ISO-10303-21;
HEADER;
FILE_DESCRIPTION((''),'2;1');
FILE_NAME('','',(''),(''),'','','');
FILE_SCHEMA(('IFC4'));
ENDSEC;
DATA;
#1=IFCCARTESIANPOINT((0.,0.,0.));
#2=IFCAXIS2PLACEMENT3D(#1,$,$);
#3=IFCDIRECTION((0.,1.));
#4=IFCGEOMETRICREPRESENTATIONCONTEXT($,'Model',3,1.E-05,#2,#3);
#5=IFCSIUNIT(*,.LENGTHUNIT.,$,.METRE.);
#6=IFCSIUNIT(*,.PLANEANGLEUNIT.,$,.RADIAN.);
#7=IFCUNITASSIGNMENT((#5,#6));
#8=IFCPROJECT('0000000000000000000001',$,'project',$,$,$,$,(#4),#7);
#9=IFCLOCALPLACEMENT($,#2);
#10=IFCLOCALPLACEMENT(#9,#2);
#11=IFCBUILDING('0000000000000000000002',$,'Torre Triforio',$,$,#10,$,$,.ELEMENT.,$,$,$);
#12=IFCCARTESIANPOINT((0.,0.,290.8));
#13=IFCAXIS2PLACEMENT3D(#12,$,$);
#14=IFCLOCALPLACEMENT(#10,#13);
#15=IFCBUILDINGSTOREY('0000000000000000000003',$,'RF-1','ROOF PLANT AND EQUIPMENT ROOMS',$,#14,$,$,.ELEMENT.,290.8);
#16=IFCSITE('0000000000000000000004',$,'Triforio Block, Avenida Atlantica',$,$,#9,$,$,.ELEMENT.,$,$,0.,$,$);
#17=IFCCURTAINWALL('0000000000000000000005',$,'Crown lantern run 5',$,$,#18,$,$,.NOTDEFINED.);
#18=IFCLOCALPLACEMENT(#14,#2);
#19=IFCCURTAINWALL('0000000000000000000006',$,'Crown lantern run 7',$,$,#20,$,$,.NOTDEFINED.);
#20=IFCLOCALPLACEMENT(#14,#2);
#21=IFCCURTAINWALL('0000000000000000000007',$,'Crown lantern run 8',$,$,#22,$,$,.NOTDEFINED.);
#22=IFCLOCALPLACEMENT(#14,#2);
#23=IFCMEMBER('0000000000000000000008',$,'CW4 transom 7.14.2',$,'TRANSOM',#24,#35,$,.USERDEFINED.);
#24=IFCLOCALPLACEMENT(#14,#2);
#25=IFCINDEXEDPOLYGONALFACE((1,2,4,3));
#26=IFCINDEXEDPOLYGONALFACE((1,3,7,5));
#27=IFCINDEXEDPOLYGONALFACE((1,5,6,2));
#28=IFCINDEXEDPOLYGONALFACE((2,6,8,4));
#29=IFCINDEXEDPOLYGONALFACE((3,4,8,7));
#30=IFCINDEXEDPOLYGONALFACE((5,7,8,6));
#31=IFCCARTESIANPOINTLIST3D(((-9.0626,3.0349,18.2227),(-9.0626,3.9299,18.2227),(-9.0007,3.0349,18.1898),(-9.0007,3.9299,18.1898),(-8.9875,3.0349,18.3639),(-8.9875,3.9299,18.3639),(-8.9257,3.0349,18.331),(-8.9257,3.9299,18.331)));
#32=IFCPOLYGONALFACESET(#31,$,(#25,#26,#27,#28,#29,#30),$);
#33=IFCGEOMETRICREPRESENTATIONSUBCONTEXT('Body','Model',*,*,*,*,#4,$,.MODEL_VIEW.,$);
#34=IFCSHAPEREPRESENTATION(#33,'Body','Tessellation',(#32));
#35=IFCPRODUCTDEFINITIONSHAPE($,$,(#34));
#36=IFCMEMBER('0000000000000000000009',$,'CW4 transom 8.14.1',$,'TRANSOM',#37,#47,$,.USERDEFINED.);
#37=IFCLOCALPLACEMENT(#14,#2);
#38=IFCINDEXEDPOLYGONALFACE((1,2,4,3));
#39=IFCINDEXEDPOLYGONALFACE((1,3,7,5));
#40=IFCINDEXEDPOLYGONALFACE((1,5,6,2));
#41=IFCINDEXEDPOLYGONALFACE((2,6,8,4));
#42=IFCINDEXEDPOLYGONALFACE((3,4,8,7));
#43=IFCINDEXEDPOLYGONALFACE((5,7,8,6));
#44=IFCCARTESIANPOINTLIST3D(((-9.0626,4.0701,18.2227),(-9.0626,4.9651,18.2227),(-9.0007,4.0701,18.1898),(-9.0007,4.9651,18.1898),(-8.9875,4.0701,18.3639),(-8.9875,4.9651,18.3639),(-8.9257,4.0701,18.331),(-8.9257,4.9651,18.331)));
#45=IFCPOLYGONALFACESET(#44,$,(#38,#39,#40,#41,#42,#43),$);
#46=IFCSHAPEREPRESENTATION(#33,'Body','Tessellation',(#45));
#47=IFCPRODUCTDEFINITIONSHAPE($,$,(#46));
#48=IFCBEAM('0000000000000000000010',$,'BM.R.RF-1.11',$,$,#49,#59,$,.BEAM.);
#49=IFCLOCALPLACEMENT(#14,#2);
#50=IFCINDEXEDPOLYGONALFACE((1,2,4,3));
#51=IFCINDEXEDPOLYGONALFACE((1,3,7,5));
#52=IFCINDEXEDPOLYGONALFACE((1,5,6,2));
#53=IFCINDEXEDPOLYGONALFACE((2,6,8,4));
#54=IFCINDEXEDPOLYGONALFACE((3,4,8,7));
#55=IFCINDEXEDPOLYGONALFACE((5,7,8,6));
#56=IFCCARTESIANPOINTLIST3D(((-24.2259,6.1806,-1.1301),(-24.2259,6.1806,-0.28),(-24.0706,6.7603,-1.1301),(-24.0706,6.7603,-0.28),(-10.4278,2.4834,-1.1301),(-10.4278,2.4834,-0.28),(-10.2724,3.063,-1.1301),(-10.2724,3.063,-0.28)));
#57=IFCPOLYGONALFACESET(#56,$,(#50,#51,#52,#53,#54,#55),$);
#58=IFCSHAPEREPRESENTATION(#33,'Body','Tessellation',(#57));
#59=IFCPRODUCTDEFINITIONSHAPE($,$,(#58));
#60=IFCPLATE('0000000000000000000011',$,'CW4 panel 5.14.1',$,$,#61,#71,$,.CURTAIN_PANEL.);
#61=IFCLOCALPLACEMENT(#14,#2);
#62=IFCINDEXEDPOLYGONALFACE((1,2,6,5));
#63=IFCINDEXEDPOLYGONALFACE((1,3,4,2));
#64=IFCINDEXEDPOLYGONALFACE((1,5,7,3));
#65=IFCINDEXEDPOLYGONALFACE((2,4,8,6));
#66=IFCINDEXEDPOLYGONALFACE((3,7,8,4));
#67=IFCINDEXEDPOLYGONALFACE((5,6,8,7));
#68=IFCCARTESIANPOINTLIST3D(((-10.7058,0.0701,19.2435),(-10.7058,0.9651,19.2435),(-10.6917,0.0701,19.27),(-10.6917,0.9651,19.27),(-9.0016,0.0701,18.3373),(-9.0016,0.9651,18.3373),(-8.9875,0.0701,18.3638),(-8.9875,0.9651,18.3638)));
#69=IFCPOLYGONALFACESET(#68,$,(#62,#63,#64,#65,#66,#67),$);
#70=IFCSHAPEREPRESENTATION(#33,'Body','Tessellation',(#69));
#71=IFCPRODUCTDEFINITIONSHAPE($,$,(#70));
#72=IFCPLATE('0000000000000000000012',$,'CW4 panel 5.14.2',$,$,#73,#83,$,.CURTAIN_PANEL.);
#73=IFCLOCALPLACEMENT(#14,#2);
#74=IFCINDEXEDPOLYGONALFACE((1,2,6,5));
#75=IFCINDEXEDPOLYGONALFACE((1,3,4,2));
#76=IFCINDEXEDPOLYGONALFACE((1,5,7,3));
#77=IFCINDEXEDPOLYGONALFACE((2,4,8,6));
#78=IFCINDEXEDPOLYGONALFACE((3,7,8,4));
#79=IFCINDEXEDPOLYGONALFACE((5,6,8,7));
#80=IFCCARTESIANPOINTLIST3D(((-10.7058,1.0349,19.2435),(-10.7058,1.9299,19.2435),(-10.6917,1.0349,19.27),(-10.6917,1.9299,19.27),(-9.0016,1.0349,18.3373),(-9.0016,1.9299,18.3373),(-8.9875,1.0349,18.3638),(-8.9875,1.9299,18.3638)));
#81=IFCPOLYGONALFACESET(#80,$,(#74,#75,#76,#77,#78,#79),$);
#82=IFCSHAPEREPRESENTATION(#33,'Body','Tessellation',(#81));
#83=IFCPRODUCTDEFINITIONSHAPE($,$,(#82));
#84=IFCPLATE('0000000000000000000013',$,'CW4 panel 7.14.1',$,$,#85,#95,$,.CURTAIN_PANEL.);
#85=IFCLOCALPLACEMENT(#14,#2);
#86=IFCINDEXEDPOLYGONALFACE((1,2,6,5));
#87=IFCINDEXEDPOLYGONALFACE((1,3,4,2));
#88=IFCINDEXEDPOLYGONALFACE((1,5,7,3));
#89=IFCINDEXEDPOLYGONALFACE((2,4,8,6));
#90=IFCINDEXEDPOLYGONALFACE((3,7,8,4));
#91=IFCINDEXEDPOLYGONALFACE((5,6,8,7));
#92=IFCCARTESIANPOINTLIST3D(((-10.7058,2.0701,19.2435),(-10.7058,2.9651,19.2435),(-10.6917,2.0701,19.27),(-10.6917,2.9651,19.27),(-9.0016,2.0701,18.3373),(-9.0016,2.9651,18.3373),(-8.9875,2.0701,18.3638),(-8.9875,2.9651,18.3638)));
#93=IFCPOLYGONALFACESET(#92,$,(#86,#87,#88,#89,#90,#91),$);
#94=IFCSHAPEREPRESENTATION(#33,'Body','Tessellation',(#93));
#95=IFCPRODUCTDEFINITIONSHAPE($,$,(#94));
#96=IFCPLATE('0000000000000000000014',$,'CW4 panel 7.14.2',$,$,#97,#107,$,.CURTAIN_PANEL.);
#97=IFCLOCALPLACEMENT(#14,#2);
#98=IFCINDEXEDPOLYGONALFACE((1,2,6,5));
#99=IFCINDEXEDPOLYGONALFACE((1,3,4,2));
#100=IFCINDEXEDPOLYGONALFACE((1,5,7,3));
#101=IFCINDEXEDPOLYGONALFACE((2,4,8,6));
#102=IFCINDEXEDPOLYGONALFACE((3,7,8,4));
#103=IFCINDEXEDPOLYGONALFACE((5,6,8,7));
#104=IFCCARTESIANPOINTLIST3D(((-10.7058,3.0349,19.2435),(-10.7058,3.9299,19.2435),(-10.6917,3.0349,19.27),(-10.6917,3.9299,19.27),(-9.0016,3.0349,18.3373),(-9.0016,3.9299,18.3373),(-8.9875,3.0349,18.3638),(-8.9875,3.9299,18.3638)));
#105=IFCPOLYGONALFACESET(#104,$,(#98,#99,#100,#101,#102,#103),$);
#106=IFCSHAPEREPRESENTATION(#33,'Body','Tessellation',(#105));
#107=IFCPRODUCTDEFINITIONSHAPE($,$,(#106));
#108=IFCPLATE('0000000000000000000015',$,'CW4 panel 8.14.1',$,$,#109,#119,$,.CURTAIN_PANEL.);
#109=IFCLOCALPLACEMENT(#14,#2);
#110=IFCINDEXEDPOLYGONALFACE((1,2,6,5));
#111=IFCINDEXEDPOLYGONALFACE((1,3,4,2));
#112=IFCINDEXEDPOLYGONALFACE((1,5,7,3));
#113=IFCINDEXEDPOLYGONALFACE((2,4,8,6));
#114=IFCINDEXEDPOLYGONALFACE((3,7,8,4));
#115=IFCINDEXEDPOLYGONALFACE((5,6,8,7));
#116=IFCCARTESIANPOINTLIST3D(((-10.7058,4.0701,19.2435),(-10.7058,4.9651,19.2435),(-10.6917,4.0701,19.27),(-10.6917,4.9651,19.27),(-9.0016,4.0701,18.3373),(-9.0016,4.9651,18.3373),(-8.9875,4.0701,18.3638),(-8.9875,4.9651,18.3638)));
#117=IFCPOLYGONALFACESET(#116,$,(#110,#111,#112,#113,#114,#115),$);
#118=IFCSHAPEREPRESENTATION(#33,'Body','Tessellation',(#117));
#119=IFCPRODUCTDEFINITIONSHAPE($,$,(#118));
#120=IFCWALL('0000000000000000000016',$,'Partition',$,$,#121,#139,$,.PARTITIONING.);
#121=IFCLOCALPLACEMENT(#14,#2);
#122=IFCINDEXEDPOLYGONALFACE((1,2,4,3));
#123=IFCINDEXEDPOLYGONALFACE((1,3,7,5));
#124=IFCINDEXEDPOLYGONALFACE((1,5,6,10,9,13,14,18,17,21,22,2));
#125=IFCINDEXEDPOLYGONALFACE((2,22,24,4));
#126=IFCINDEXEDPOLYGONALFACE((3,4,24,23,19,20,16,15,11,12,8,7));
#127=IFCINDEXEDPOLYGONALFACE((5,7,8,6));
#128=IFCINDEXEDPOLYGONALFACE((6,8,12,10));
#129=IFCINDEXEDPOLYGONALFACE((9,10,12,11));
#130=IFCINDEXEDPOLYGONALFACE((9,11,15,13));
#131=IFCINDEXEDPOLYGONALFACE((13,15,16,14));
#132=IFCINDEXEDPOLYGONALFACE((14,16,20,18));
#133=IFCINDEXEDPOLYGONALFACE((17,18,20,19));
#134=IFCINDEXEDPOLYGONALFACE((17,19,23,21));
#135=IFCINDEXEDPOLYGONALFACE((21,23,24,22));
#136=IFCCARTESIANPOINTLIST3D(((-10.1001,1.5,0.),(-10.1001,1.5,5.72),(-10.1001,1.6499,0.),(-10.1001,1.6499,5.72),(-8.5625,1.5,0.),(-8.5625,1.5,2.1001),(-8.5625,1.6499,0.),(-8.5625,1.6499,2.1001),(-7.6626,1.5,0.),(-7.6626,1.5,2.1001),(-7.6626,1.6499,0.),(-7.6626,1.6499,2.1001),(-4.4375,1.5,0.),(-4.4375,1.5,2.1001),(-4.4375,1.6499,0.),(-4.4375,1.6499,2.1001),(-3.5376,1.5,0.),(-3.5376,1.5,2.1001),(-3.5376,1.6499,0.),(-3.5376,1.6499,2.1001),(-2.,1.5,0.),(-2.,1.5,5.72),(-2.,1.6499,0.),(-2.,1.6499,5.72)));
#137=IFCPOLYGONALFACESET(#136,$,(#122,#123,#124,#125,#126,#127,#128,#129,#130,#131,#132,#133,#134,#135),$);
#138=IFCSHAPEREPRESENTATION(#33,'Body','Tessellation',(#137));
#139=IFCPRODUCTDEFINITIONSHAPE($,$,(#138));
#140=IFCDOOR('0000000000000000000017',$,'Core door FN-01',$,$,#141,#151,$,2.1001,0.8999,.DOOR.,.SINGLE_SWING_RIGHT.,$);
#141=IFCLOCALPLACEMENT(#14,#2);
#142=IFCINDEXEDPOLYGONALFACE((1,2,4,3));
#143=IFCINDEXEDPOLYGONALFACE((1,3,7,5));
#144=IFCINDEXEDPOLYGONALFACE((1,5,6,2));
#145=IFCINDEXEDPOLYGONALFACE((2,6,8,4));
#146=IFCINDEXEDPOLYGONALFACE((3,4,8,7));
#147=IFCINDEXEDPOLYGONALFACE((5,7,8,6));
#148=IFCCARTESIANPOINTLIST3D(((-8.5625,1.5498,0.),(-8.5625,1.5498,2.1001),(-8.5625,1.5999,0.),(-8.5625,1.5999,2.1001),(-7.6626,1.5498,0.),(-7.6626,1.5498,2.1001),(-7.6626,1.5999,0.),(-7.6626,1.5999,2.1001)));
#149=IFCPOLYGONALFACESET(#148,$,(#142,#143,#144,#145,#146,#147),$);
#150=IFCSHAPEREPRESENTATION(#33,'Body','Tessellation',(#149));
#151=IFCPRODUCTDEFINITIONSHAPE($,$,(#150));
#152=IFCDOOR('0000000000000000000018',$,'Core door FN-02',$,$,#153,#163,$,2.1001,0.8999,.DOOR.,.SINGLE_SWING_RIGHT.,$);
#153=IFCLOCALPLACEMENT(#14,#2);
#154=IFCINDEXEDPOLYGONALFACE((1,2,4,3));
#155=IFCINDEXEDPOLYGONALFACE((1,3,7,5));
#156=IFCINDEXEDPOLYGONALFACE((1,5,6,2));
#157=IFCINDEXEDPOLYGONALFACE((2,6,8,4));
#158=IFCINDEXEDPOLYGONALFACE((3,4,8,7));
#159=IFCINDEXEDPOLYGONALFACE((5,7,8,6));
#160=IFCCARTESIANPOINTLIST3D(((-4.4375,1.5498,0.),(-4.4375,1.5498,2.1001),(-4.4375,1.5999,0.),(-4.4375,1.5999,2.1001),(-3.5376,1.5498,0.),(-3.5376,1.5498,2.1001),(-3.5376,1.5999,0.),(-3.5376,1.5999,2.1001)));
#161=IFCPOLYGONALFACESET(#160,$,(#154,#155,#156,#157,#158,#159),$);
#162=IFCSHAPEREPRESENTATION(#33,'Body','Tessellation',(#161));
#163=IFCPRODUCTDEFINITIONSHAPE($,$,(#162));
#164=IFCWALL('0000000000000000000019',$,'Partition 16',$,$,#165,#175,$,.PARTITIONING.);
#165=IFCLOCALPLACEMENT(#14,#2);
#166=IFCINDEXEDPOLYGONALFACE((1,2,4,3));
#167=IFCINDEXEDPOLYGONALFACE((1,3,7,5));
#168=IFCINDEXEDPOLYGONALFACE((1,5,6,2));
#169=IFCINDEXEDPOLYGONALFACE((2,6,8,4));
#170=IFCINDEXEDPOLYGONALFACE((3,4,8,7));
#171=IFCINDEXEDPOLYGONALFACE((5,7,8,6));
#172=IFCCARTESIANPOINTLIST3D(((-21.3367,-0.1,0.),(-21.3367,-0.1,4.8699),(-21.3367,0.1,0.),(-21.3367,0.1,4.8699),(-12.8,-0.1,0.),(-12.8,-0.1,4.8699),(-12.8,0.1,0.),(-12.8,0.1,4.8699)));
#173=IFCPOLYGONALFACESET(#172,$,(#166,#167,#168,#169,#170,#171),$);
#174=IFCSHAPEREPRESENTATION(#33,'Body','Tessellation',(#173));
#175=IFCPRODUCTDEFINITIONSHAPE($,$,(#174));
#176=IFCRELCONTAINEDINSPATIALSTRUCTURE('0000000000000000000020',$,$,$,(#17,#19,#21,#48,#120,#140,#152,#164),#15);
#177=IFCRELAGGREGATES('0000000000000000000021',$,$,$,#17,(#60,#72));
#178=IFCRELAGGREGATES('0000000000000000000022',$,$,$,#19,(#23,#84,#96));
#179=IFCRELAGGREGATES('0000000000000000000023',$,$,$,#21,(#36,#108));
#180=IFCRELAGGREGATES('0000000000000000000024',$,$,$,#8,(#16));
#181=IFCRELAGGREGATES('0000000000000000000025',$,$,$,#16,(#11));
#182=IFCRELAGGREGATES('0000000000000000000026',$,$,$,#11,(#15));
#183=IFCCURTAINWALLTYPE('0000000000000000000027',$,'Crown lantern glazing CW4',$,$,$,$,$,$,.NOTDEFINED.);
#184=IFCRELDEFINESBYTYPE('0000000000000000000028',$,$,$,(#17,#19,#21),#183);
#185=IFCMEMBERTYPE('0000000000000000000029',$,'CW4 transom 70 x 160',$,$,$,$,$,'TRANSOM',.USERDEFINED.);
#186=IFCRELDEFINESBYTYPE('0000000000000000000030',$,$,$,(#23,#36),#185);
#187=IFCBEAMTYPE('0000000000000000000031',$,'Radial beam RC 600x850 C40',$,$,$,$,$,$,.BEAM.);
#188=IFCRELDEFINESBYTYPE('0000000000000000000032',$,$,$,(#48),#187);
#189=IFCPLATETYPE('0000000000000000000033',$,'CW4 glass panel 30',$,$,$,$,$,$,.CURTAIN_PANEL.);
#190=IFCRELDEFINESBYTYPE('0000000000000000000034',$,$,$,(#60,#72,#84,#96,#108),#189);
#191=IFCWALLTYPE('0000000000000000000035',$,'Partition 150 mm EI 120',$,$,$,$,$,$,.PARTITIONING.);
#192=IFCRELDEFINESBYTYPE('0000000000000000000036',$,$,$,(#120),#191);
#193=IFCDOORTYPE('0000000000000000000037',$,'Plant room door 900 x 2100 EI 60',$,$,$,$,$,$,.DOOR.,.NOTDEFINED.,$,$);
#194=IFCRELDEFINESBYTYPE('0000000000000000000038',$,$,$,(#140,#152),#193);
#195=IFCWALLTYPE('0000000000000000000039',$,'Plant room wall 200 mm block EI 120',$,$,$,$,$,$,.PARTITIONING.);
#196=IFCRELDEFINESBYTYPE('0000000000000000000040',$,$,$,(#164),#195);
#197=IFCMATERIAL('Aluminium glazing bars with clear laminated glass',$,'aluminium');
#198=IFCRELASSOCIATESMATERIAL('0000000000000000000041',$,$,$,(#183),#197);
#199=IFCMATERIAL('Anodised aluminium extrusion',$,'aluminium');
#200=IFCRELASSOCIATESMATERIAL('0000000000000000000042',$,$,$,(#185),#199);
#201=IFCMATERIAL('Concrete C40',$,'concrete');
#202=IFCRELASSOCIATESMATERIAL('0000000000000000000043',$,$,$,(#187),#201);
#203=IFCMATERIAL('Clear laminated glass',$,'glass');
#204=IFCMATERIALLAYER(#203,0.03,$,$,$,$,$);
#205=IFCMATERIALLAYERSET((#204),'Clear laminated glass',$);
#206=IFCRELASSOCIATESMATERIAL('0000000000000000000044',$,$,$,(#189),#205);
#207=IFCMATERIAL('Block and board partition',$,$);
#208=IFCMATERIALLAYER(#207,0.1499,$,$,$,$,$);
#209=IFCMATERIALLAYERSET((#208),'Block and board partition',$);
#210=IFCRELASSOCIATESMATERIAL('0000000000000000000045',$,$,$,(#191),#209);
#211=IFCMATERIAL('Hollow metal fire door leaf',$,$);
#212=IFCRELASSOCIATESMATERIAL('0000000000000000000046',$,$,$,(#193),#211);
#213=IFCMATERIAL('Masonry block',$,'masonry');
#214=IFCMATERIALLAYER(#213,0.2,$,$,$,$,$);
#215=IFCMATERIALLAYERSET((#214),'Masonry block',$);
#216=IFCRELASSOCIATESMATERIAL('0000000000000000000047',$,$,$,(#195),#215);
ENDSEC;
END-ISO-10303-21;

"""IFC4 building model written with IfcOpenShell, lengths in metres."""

from ifc_helpers import new_model, si_unit, direction, frame, frame_2d, origin, origin_2d, place, context, subcontext, project, spatial, polyline, rectangle, outline, extrude, material, layer, layer_set, material_profile, profile_set, type_object, element, fill, aggregate, save


model = new_model("IFC4")

# Units and contexts
model_context = context("Model", 3, precision=1e-05, world=origin(), true_north=direction((0.0, 1.0)))
body_context = subcontext(model_context, "Body", "Model", "MODEL_VIEW")
ifc_project = project(units=[si_unit("LENGTHUNIT", "METRE"), si_unit("PLANEANGLEUNIT", "RADIAN")], contexts=[model_context])

# Site, building, storey
site_placement = place(None, origin())
site = spatial("IfcSite", under=ifc_project, at=site_placement, Name="Triforio Block, Avenida Atlantica", CompositionType="ELEMENT", RefElevation=0.0)
building_placement = place(site_placement, origin())
building = spatial("IfcBuilding", under=site, at=building_placement, Name="Torre Triforio", CompositionType="ELEMENT")
storey_placement = place(building_placement, frame((0.0, 0.0, 290.8)))
storey = spatial("IfcBuildingStorey", under=building, at=storey_placement, Name="RF-1", Description="ROOF PLANT AND EQUIPMENT ROOMS", CompositionType="ELEMENT", Elevation=290.8)

# Curtain walls
ifc_material_1 = material(Name="Aluminium glazing bars with clear laminated glass", Category="aluminium")
curtain_wall_type = type_object("IfcCurtainWallType", Name="Crown lantern glazing CW4", PredefinedType="NOTDEFINED", material=ifc_material_1)
curtain_wall_1_placement = place(storey_placement, origin())
curtain_wall_1 = element("IfcCurtainWall", 1, at=curtain_wall_1_placement, inside=storey, type_object=curtain_wall_type, Name="Crown lantern run 5", PredefinedType="NOTDEFINED")
ifc_material_2 = material(Name="Anodised aluminium extrusion", Category="aluminium")
curtain_wall_2_placement = place(storey_placement, origin())
curtain_wall_2 = element("IfcCurtainWall", 2, at=curtain_wall_2_placement, inside=storey, type_object=curtain_wall_type, Name="Crown lantern run 7", PredefinedType="NOTDEFINED")
curtain_wall_3_placement = place(storey_placement, origin())
curtain_wall_3 = element("IfcCurtainWall", 3, at=curtain_wall_3_placement, inside=storey, type_object=curtain_wall_type, Name="Crown lantern run 8", PredefinedType="NOTDEFINED")

# Members
ifc_material_profile_1 = material_profile(ifc_material_2, rectangle(XDim=0.0701, YDim=0.1599, at=origin_2d()), Name="CW4 TRANSOM 70x160")
ifc_profile_set_1 = profile_set([ifc_material_profile_1], Name="Anodised aluminium extrusion")
member_type_1 = type_object("IfcMemberType", Name="CW4 transom 70 x 160", ElementType="TRANSOM", PredefinedType="USERDEFINED", material=ifc_profile_set_1)
member_1_placement = place(storey_placement, frame((-8.9941, 3.0349, 18.2769), z_axis=(0.0, 1.0, 0.0), x_axis=(-0.882948, 0.0, 0.469472)))
member_1 = element("IfcMember", 4, at=member_1_placement, type_object=member_type_1, Name="CW4 transom 7.14.2", ObjectType="TRANSOM", PredefinedType="USERDEFINED", context=body_context, shape_type="SweptSolid", body=[
    extrude(rectangle(XDim=0.0701, YDim=0.1599, at=origin_2d()), origin(), (0.0, 0.0, 1.0), 0.895),
])
member_2_placement = place(storey_placement, frame((-8.9941, 4.0701, 18.2769), z_axis=(0.0, 1.0, 0.0), x_axis=(-0.882948, 0.0, 0.469472)))
member_2 = element("IfcMember", 5, at=member_2_placement, type_object=member_type_1, Name="CW4 transom 8.14.1", ObjectType="TRANSOM", PredefinedType="USERDEFINED", context=body_context, shape_type="SweptSolid", body=[
    extrude(rectangle(XDim=0.0701, YDim=0.1599, at=origin_2d()), origin(), (0.0, 0.0, 1.0), 0.895),
])

# Beam
ifc_material_3 = material(Name="Concrete C40", Category="concrete")
ifc_material_profile_2 = material_profile(ifc_material_3, rectangle(XDim=0.6001, YDim=0.8501, at=origin_2d()), Name="RC 600x850")
ifc_profile_set_2 = profile_set([ifc_material_profile_2], Name="Concrete C40")
beam_type = type_object("IfcBeamType", Name="Radial beam RC 600x850 C40", PredefinedType="BEAM", material=ifc_profile_set_2)
beam_placement = place(storey_placement, frame((-10.3501, 2.7732, -0.7051), z_axis=(-0.965924, 0.258824, 0.0), x_axis=(-0.258824, -0.965924, 0.0)))
element("IfcBeam", 6, at=beam_placement, inside=storey, type_object=beam_type, Name="BM.R.RF-1.11", PredefinedType="BEAM", context=body_context, shape_type="SweptSolid", body=[
    extrude(rectangle(XDim=0.6001, YDim=0.8501, at=origin_2d()), origin(), (0.0, 0.0, 1.0), 14.2849),
])

# Plates
ifc_material_4 = material(Name="Clear laminated glass", Category="glass")
ifc_layer_1 = layer(ifc_material_4, 0.03)
ifc_layer_set_1 = layer_set([ifc_layer_1], Name="Clear laminated glass")
plate_type = type_object("IfcPlateType", Name="CW4 glass panel 30", PredefinedType="CURTAIN_PANEL", material=ifc_layer_set_1)
plate_1_placement = place(storey_placement, frame((-8.9875, 0.0701, 18.3638), z_axis=(0.469537, 0.0, 0.882913), x_axis=(0.0, 1.0, 0.0)))
plate_1 = element("IfcPlate", 7, at=plate_1_placement, type_object=plate_type, Name="CW4 panel 5.14.1", PredefinedType="CURTAIN_PANEL", context=body_context, shape_type="SweptSolid", body=[
    extrude(outline(polyline([(0.0, 0.0), (0.895, 0.0), (0.895, 1.9301), (0.0, 1.9301), (0.0, 0.0)])), origin(), (0.0, 0.0, -1.0), 0.03),
])
plate_2_placement = place(storey_placement, frame((-8.9875, 1.0349, 18.3638), z_axis=(0.469537, 0.0, 0.882913), x_axis=(0.0, 1.0, 0.0)))
plate_2 = element("IfcPlate", 8, at=plate_2_placement, type_object=plate_type, Name="CW4 panel 5.14.2", PredefinedType="CURTAIN_PANEL", context=body_context, shape_type="SweptSolid", body=[
    extrude(outline(polyline([(0.0, 0.0), (0.895, 0.0), (0.895, 1.9301), (0.0, 1.9301), (0.0, 0.0)])), origin(), (0.0, 0.0, -1.0), 0.03),
])
aggregate(curtain_wall_1, [plate_1, plate_2])
plate_3_placement = place(storey_placement, frame((-8.9875, 2.0701, 18.3638), z_axis=(0.469537, 0.0, 0.882913), x_axis=(0.0, 1.0, 0.0)))
plate_3 = element("IfcPlate", 9, at=plate_3_placement, type_object=plate_type, Name="CW4 panel 7.14.1", PredefinedType="CURTAIN_PANEL", context=body_context, shape_type="SweptSolid", body=[
    extrude(outline(polyline([(0.0, 0.0), (0.895, 0.0), (0.895, 1.9301), (0.0, 1.9301), (0.0, 0.0)])), origin(), (0.0, 0.0, -1.0), 0.03),
])
plate_4_placement = place(storey_placement, frame((-8.9875, 3.0349, 18.3638), z_axis=(0.469537, 0.0, 0.882913), x_axis=(0.0, 1.0, 0.0)))
plate_4 = element("IfcPlate", 10, at=plate_4_placement, type_object=plate_type, Name="CW4 panel 7.14.2", PredefinedType="CURTAIN_PANEL", context=body_context, shape_type="SweptSolid", body=[
    extrude(outline(polyline([(0.0, 0.0), (0.895, 0.0), (0.895, 1.9301), (0.0, 1.9301), (0.0, 0.0)])), origin(), (0.0, 0.0, -1.0), 0.03),
])
aggregate(curtain_wall_2, [member_1, plate_3, plate_4])
plate_5_placement = place(storey_placement, frame((-8.9875, 4.0701, 18.3638), z_axis=(0.469537, 0.0, 0.882913), x_axis=(0.0, 1.0, 0.0)))
plate_5 = element("IfcPlate", 11, at=plate_5_placement, type_object=plate_type, Name="CW4 panel 8.14.1", PredefinedType="CURTAIN_PANEL", context=body_context, shape_type="SweptSolid", body=[
    extrude(outline(polyline([(0.0, 0.0), (0.895, 0.0), (0.895, 1.9301), (0.0, 1.9301), (0.0, 0.0)])), origin(), (0.0, 0.0, -1.0), 0.03),
])
aggregate(curtain_wall_3, [member_2, plate_5])

# Wall, openings, doors
ifc_material_5 = material(Name="Block and board partition")
ifc_layer_2 = layer(ifc_material_5, 0.1499)
ifc_layer_set_2 = layer_set([ifc_layer_2], Name="Block and board partition")
wall_type_1 = type_object("IfcWallType", Name="Partition 150 mm EI 120", PredefinedType="PARTITIONING", material=ifc_layer_set_2)
wall_1_placement = place(storey_placement, frame((-10.1001, 1.575, 0.0), z_axis=(0.0, 0.0, 1.0), x_axis=(1.0, 0.0, 0.0)))
wall_1 = element("IfcWall", 12, at=wall_1_placement, inside=storey, type_object=wall_type_1, Name="Partition", PredefinedType="PARTITIONING", context=body_context, shape_type="SweptSolid", body=[
    extrude(rectangle(XDim=8.1001, YDim=0.1499, at=frame_2d((4.05, 0.0))), origin(), (0.0, 0.0, 1.0), 5.72),
])
opening_1_placement = place(wall_1_placement, frame((1.5376, 0.0, 0.0)))
opening_1 = element("IfcOpeningElement", 13, at=opening_1_placement, cuts=wall_1, PredefinedType="OPENING", context=body_context, shape_type="SweptSolid", body=[
    extrude(rectangle(XDim=0.8999, YDim=2.1001, at=frame_2d((0.45, 1.05))), frame((0.0, 0.085, 0.0), z_axis=(0.0, -1.0, 0.0), x_axis=(1.0, 0.0, 0.0)), (0.0, 0.0, 1.0), 0.1699),
])
opening_2_placement = place(wall_1_placement, frame((5.6626, 0.0, 0.0)))
opening_2 = element("IfcOpeningElement", 14, at=opening_2_placement, cuts=wall_1, PredefinedType="OPENING", context=body_context, shape_type="SweptSolid", body=[
    extrude(rectangle(XDim=0.8999, YDim=2.1001, at=frame_2d((0.45, 1.05))), frame((0.0, 0.085, 0.0), z_axis=(0.0, -1.0, 0.0), x_axis=(1.0, 0.0, 0.0)), (0.0, 0.0, 1.0), 0.1699),
])
ifc_material_6 = material(Name="Hollow metal fire door leaf")
door_type_1 = type_object("IfcDoorType", Name="Plant room door 900 x 2100 EI 60", OperationType="NOTDEFINED", PredefinedType="DOOR", material=ifc_material_6)
door_1_placement = place(opening_1_placement, origin())
door_1 = element("IfcDoor", 15, at=door_1_placement, inside=storey, type_object=door_type_1, Name="Core door FN-01", OperationType="SINGLE_SWING_RIGHT", OverallHeight=2.1001, OverallWidth=0.8999, PredefinedType="DOOR", context=body_context, shape_type="SweptSolid", body=[
    extrude(rectangle(XDim=0.8999, YDim=2.1001, at=frame_2d((0.45, 1.05))), frame((0.0, 0.0249, 0.0), z_axis=(0.0, -1.0, 0.0), x_axis=(1.0, 0.0, 0.0)), (0.0, 0.0, 1.0), 0.05),
])
fill(opening_1, door_1)
door_2_placement = place(opening_2_placement, origin())
door_2 = element("IfcDoor", 16, at=door_2_placement, inside=storey, type_object=door_type_1, Name="Core door FN-02", OperationType="SINGLE_SWING_RIGHT", OverallHeight=2.1001, OverallWidth=0.8999, PredefinedType="DOOR", context=body_context, shape_type="SweptSolid", body=[
    extrude(rectangle(XDim=0.8999, YDim=2.1001, at=frame_2d((0.45, 1.05))), frame((0.0, 0.0249, 0.0), z_axis=(0.0, -1.0, 0.0), x_axis=(1.0, 0.0, 0.0)), (0.0, 0.0, 1.0), 0.05),
])
fill(opening_2, door_2)

# Wall
ifc_material_7 = material(Name="Masonry block", Category="masonry")
ifc_layer_3 = layer(ifc_material_7, 0.2)
ifc_layer_set_3 = layer_set([ifc_layer_3], Name="Masonry block")
wall_type_2 = type_object("IfcWallType", Name="Plant room wall 200 mm block EI 120", PredefinedType="PARTITIONING", material=ifc_layer_set_3)
wall_2_placement = place(storey_placement, frame((-12.8, 0.0, 0.0), z_axis=(0.0, 0.0, 1.0), x_axis=(-1.0, 0.0, 0.0)))
element("IfcWall", 17, at=wall_2_placement, inside=storey, type_object=wall_type_2, Name="Partition 16", PredefinedType="PARTITIONING", context=body_context, shape_type="SweptSolid", body=[
    extrude(rectangle(XDim=8.5366, YDim=0.2, at=frame_2d((4.2683, 0.0))), origin(), (0.0, 0.0, 1.0), 4.8699),
])

save(model, "model.ifc")
